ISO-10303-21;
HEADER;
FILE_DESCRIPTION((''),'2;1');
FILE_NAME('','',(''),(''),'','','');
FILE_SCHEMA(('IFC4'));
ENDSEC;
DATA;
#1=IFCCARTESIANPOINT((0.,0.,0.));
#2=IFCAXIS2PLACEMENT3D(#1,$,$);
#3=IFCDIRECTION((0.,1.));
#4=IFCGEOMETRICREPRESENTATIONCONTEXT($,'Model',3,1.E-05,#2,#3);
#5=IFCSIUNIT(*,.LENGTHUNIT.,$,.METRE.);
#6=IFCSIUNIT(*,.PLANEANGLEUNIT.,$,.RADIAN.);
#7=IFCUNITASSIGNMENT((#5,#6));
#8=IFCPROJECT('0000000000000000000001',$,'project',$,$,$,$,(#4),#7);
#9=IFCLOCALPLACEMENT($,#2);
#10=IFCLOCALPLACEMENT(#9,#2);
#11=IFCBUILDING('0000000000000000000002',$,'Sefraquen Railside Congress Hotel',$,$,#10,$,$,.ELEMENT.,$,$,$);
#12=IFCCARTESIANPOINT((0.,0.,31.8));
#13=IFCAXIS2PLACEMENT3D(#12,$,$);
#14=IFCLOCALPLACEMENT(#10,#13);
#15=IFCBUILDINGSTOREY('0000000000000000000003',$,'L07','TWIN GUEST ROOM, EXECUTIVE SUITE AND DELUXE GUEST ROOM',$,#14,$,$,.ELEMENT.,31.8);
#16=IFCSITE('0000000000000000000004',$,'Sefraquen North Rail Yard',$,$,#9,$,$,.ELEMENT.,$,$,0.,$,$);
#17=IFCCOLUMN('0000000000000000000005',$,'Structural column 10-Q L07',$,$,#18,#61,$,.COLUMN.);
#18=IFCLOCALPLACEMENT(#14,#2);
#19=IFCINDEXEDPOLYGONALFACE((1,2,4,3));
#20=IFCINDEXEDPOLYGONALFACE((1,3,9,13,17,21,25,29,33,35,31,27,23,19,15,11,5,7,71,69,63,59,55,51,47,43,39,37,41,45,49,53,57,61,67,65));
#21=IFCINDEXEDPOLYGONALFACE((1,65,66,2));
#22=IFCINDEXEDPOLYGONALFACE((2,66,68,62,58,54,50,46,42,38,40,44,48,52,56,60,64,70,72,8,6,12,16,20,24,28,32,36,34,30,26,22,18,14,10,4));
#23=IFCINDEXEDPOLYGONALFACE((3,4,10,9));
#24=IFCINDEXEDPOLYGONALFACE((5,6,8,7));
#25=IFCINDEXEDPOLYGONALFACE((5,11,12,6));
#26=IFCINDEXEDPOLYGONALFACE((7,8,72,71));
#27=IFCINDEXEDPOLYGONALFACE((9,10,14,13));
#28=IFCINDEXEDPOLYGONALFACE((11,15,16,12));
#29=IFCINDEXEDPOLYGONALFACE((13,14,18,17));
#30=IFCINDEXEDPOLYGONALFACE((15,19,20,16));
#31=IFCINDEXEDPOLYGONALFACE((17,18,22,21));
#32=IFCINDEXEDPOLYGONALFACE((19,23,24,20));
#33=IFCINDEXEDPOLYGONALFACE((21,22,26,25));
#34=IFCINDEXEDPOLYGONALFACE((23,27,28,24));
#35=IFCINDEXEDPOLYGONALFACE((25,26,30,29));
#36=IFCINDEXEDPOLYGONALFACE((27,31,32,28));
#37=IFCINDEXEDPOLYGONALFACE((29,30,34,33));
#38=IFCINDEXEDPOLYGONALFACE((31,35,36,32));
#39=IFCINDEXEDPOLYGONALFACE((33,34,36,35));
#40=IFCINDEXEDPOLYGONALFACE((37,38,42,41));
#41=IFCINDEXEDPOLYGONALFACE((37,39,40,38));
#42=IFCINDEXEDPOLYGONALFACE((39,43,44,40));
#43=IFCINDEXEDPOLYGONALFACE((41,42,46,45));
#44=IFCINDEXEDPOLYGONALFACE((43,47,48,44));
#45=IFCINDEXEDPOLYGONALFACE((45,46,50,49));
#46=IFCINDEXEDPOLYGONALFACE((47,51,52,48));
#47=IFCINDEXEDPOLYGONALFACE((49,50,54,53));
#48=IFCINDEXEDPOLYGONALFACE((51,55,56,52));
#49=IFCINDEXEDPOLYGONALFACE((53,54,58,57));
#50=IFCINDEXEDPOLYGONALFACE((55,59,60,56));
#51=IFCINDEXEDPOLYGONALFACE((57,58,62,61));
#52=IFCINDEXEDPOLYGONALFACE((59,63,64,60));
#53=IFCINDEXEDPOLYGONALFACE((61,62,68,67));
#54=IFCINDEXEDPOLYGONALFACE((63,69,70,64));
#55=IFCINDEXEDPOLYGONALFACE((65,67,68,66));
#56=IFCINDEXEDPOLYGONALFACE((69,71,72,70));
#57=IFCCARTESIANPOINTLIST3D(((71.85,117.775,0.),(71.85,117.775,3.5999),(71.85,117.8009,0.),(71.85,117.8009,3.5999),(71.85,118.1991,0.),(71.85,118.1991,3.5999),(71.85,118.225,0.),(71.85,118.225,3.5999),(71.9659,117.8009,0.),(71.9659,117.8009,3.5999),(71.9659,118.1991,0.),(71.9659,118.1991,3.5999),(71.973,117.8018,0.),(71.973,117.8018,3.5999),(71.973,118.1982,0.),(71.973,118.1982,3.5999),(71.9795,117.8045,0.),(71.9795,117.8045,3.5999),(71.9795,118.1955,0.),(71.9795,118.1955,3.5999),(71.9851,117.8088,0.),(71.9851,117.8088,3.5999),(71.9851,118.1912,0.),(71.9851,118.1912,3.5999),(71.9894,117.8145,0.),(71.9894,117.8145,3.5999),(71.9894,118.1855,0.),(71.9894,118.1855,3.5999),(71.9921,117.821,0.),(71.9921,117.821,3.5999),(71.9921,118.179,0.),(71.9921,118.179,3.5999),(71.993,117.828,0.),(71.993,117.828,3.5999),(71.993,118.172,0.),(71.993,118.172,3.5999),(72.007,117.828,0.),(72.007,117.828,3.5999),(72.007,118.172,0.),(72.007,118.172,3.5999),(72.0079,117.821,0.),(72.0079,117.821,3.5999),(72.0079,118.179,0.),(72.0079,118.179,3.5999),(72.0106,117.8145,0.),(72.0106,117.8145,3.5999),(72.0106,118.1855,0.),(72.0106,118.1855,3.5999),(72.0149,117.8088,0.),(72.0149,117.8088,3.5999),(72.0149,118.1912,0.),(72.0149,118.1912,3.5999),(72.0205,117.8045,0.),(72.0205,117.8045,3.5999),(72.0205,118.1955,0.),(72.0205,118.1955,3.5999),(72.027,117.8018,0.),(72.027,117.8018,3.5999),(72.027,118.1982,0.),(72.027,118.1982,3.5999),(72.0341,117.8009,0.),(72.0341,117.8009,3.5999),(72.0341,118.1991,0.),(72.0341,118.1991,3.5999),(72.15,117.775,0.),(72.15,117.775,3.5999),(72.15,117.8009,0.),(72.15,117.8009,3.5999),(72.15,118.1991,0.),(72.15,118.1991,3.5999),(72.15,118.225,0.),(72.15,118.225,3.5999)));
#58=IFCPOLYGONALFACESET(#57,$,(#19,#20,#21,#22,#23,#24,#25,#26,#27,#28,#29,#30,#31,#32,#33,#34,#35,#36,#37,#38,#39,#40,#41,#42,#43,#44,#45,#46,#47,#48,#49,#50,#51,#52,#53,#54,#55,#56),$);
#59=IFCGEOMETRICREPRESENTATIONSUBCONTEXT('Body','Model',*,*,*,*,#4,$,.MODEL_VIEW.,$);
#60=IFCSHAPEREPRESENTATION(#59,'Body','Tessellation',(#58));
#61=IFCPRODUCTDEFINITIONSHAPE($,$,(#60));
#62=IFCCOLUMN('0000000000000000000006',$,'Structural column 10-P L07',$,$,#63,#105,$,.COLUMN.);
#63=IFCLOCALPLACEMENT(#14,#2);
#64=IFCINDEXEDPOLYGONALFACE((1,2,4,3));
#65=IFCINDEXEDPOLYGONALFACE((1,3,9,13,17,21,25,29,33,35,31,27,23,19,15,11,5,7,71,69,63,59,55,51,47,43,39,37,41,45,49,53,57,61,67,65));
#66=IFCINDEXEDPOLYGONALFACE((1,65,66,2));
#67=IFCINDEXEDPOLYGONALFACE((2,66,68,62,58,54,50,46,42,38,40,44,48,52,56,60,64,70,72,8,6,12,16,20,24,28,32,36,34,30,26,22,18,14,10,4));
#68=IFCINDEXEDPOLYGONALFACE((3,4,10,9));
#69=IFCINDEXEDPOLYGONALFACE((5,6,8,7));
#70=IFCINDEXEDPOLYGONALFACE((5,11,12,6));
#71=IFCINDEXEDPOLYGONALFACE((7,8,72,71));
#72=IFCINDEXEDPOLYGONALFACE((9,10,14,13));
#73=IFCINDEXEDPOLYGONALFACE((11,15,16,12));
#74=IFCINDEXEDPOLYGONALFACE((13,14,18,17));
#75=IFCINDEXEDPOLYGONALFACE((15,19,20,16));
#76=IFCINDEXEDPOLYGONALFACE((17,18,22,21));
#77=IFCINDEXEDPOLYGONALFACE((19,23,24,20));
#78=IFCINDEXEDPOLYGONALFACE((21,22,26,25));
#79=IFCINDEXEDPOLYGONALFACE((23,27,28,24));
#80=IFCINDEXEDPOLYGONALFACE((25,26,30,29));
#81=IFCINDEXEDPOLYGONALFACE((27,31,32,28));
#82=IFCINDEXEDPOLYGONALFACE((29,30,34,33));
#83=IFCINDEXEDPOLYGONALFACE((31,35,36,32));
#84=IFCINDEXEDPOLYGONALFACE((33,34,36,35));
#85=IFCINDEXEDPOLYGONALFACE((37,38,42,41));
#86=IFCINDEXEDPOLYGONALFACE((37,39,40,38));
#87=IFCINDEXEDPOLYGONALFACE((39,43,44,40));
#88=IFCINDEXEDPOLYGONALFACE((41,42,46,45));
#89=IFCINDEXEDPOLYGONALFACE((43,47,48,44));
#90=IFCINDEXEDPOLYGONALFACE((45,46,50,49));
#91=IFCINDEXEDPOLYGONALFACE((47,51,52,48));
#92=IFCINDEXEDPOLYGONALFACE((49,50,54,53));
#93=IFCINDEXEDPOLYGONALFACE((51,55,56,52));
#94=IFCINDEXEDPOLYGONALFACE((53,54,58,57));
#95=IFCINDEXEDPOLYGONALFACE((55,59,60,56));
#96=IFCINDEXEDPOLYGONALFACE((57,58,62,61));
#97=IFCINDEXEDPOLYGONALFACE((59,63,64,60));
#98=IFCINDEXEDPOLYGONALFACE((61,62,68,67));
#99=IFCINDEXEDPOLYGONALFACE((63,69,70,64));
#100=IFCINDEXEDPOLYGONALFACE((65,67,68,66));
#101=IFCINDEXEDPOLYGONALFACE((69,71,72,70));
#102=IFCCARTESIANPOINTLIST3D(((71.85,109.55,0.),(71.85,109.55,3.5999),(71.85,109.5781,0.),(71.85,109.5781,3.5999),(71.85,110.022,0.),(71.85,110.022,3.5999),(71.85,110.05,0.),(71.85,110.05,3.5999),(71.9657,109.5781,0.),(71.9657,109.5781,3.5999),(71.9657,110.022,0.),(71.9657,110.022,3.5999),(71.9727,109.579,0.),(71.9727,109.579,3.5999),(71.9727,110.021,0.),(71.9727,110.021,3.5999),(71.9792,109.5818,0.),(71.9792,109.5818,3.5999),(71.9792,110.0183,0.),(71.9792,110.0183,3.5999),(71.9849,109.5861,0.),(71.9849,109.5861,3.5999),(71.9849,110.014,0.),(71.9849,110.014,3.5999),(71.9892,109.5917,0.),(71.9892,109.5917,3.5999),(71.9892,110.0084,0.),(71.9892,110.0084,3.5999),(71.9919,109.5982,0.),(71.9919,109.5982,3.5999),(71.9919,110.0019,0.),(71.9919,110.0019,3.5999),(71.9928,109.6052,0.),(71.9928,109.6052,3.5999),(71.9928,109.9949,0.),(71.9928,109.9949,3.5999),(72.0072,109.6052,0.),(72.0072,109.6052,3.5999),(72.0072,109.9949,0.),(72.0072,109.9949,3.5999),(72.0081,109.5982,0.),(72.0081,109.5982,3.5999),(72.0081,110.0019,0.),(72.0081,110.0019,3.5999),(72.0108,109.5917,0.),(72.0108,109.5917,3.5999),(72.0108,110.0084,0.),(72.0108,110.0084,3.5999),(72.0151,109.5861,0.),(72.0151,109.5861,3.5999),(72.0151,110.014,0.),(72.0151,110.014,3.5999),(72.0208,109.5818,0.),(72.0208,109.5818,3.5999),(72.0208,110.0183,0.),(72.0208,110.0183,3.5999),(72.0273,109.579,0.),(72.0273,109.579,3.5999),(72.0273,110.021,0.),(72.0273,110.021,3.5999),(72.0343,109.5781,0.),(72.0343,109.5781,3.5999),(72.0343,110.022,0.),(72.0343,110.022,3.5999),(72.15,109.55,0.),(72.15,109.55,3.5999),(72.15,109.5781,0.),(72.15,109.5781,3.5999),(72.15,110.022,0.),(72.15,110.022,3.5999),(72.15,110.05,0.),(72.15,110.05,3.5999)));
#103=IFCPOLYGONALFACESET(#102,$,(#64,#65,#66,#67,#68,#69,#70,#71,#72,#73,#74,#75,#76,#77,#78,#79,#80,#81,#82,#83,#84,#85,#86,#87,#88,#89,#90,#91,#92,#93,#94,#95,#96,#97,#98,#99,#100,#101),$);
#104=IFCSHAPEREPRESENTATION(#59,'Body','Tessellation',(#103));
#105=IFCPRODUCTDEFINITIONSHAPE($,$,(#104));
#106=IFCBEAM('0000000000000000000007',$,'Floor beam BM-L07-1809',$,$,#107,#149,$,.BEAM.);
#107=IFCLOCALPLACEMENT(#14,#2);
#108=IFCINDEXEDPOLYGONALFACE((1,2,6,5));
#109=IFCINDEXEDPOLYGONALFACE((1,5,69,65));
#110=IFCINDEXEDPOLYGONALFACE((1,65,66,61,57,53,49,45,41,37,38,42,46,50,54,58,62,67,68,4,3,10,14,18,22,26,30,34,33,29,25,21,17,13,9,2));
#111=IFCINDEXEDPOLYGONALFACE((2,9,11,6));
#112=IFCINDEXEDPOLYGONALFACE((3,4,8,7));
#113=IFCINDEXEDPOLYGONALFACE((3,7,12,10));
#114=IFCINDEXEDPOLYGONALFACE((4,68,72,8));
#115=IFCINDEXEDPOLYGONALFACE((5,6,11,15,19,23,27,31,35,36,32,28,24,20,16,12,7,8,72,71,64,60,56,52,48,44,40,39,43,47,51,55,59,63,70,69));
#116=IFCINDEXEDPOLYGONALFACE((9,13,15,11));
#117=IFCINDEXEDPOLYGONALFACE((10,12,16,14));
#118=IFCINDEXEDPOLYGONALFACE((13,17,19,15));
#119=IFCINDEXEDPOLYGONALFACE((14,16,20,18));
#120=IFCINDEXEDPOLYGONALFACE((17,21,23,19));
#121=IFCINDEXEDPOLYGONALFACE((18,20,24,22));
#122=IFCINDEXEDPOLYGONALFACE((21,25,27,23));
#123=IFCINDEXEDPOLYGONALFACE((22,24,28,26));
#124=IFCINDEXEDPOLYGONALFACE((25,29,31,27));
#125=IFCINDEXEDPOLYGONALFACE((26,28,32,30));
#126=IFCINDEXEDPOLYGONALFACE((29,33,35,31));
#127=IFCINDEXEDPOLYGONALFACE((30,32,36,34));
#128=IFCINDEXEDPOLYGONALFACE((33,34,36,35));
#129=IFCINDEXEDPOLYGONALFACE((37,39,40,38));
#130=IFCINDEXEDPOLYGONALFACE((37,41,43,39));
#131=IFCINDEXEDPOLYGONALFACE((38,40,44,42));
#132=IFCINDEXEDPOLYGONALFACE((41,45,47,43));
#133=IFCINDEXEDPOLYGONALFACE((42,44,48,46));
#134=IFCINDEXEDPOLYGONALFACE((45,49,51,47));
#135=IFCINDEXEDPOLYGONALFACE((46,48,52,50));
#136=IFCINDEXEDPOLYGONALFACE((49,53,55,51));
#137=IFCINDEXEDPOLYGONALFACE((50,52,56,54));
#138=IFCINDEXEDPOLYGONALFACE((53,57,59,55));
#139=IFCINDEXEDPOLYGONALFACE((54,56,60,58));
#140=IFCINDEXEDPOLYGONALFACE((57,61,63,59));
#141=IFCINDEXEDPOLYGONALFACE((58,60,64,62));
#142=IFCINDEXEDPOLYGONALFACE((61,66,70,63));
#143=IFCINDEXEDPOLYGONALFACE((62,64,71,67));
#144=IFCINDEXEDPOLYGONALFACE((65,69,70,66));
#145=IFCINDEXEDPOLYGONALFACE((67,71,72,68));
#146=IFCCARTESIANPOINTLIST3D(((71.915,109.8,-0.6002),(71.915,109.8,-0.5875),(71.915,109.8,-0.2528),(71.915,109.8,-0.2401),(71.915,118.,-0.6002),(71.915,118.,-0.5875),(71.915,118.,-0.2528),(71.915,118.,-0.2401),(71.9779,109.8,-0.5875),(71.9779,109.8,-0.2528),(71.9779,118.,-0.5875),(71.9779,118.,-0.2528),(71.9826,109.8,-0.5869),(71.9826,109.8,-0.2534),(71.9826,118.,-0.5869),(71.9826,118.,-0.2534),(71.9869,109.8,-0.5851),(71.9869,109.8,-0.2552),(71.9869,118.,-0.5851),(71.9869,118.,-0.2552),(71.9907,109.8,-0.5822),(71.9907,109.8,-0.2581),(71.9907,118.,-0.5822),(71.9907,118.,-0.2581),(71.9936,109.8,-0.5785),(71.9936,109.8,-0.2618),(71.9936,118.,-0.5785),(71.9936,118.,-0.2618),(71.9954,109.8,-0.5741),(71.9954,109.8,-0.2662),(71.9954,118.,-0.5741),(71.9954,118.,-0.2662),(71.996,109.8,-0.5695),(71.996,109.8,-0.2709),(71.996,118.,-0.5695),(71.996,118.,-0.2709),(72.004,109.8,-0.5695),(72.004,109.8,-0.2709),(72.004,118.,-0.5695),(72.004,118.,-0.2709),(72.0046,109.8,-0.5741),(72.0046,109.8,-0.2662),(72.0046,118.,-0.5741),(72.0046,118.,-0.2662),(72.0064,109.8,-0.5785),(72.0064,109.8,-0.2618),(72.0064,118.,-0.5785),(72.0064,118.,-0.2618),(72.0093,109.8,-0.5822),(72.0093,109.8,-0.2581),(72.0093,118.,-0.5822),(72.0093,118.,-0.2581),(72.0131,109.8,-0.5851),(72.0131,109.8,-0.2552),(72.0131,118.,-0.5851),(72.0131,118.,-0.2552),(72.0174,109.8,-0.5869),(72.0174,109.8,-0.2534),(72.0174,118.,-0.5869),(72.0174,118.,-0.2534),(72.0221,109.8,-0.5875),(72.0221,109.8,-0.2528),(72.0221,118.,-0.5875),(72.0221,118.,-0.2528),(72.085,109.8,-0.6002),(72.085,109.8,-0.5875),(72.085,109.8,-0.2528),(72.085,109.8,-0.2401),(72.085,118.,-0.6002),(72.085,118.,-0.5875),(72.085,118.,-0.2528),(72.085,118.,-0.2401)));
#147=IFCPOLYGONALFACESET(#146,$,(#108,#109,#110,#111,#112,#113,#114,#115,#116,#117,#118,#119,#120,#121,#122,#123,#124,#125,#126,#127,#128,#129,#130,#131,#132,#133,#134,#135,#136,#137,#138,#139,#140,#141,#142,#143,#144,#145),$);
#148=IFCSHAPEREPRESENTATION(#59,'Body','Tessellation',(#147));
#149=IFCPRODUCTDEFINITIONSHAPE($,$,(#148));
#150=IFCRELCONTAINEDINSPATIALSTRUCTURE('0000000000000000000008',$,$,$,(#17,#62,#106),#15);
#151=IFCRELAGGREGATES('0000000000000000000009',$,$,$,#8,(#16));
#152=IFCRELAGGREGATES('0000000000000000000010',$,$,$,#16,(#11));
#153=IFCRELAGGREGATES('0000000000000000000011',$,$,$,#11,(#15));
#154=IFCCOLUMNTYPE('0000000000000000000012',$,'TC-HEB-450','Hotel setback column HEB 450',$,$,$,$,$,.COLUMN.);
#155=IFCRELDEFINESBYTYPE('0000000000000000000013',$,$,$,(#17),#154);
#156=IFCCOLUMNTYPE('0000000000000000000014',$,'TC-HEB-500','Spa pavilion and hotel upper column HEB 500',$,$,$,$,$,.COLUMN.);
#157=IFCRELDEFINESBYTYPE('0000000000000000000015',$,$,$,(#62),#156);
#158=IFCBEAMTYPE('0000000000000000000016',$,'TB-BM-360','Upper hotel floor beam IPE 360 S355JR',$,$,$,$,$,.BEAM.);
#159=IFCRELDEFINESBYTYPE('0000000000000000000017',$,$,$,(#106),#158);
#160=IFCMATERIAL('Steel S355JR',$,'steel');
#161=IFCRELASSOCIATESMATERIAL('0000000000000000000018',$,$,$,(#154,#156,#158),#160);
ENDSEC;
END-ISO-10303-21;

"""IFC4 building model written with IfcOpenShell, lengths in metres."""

from ifc_helpers import new_model, si_unit, direction, frame, origin, origin_2d, place, context, subcontext, project, spatial, i_section, extrude, material, material_profile, profile_set, type_object, element, save


model = new_model("IFC4")

# Units and contexts
model_context = context("Model", 3, precision=1e-05, world=origin(), true_north=direction((0.0, 1.0)))
body_context = subcontext(model_context, "Body", "Model", "MODEL_VIEW")
ifc_project = project(units=[si_unit("LENGTHUNIT", "METRE"), si_unit("PLANEANGLEUNIT", "RADIAN")], contexts=[model_context])

# Site, building, storey
site_placement = place(None, origin())
site = spatial("IfcSite", under=ifc_project, at=site_placement, Name="Sefraquen North Rail Yard", CompositionType="ELEMENT", RefElevation=0.0)
building_placement = place(site_placement, origin())
building = spatial("IfcBuilding", under=site, at=building_placement, Name="Sefraquen Railside Congress Hotel", CompositionType="ELEMENT")
storey_placement = place(building_placement, frame((0.0, 0.0, 31.8)))
storey = spatial("IfcBuildingStorey", under=building, at=storey_placement, Name="L07", Description="TWIN GUEST ROOM, EXECUTIVE SUITE AND DELUXE GUEST ROOM", CompositionType="ELEMENT", Elevation=31.8)

# Columns
ifc_material_1 = material(Name="Steel S355JR", Category="steel")
ifc_material_profile_1 = material_profile(ifc_material_1, i_section(OverallWidth=0.3, OverallDepth=0.45, WebThickness=0.0139, FlangeThickness=0.0259, FilletRadius=0.0271, at=origin_2d()), Name="HEB 450")
ifc_profile_set_1 = profile_set([ifc_material_profile_1], Name="Steel S355JR")
column_type_1 = type_object("IfcColumnType", Name="TC-HEB-450", Description="Hotel setback column HEB 450", PredefinedType="COLUMN", material=ifc_profile_set_1)
column_1_placement = place(storey_placement, frame((72.0, 118.0, 0.0), z_axis=(0.0, 0.0, 1.0), x_axis=(1.0, 0.0, 0.0)))
element("IfcColumn", 1, at=column_1_placement, inside=storey, type_object=column_type_1, Name="Structural column 10-Q L07", PredefinedType="COLUMN", context=body_context, shape_type="SweptSolid", body=[
    extrude(i_section(OverallWidth=0.3, OverallDepth=0.45, WebThickness=0.0139, FlangeThickness=0.0259, FilletRadius=0.0271, at=origin_2d()), origin(), (0.0, 0.0, 1.0), 3.5999),
])
ifc_material_profile_2 = material_profile(ifc_material_1, i_section(OverallWidth=0.3, OverallDepth=0.5, WebThickness=0.0144, FlangeThickness=0.0281, FilletRadius=0.0271, at=origin_2d()), Name="HEB 500")
ifc_profile_set_2 = profile_set([ifc_material_profile_2], Name="Steel S355JR")
column_type_2 = type_object("IfcColumnType", Name="TC-HEB-500", Description="Spa pavilion and hotel upper column HEB 500", PredefinedType="COLUMN", material=ifc_profile_set_2)
column_2_placement = place(storey_placement, frame((72.0, 109.8, 0.0), z_axis=(0.0, 0.0, 1.0), x_axis=(1.0, 0.0, 0.0)))
element("IfcColumn", 2, at=column_2_placement, inside=storey, type_object=column_type_2, Name="Structural column 10-P L07", PredefinedType="COLUMN", context=body_context, shape_type="SweptSolid", body=[
    extrude(i_section(OverallWidth=0.3, OverallDepth=0.5, WebThickness=0.0144, FlangeThickness=0.0281, FilletRadius=0.0271, at=origin_2d()), origin(), (0.0, 0.0, 1.0), 3.5999),
])

# Beam
ifc_material_profile_3 = material_profile(ifc_material_1, i_section(OverallWidth=0.1699, OverallDepth=0.3601, WebThickness=0.0081, FlangeThickness=0.0127, FilletRadius=0.0181, at=origin_2d()), Name="IPE 360")
ifc_profile_set_3 = profile_set([ifc_material_profile_3], Name="Steel S355JR")
beam_type_1 = type_object("IfcBeamType", Name="TB-BM-360", Description="Upper hotel floor beam IPE 360 S355JR", PredefinedType="BEAM", material=ifc_profile_set_3)
beam_placement = place(storey_placement, frame((72.0, 109.8, -0.4202), z_axis=(0.0, 1.0, 0.0), x_axis=(-1.0, 0.0, 0.0)))
element("IfcBeam", 3, at=beam_placement, inside=storey, type_object=beam_type_1, Name="Floor beam BM-L07-1809", PredefinedType="BEAM", context=body_context, shape_type="SweptSolid", body=[
    extrude(i_section(OverallWidth=0.1699, OverallDepth=0.3601, WebThickness=0.0081, FlangeThickness=0.0127, FilletRadius=0.0181, at=origin_2d()), origin(), (0.0, 0.0, 1.0), 8.2),
])

save(model, "model.ifc")
